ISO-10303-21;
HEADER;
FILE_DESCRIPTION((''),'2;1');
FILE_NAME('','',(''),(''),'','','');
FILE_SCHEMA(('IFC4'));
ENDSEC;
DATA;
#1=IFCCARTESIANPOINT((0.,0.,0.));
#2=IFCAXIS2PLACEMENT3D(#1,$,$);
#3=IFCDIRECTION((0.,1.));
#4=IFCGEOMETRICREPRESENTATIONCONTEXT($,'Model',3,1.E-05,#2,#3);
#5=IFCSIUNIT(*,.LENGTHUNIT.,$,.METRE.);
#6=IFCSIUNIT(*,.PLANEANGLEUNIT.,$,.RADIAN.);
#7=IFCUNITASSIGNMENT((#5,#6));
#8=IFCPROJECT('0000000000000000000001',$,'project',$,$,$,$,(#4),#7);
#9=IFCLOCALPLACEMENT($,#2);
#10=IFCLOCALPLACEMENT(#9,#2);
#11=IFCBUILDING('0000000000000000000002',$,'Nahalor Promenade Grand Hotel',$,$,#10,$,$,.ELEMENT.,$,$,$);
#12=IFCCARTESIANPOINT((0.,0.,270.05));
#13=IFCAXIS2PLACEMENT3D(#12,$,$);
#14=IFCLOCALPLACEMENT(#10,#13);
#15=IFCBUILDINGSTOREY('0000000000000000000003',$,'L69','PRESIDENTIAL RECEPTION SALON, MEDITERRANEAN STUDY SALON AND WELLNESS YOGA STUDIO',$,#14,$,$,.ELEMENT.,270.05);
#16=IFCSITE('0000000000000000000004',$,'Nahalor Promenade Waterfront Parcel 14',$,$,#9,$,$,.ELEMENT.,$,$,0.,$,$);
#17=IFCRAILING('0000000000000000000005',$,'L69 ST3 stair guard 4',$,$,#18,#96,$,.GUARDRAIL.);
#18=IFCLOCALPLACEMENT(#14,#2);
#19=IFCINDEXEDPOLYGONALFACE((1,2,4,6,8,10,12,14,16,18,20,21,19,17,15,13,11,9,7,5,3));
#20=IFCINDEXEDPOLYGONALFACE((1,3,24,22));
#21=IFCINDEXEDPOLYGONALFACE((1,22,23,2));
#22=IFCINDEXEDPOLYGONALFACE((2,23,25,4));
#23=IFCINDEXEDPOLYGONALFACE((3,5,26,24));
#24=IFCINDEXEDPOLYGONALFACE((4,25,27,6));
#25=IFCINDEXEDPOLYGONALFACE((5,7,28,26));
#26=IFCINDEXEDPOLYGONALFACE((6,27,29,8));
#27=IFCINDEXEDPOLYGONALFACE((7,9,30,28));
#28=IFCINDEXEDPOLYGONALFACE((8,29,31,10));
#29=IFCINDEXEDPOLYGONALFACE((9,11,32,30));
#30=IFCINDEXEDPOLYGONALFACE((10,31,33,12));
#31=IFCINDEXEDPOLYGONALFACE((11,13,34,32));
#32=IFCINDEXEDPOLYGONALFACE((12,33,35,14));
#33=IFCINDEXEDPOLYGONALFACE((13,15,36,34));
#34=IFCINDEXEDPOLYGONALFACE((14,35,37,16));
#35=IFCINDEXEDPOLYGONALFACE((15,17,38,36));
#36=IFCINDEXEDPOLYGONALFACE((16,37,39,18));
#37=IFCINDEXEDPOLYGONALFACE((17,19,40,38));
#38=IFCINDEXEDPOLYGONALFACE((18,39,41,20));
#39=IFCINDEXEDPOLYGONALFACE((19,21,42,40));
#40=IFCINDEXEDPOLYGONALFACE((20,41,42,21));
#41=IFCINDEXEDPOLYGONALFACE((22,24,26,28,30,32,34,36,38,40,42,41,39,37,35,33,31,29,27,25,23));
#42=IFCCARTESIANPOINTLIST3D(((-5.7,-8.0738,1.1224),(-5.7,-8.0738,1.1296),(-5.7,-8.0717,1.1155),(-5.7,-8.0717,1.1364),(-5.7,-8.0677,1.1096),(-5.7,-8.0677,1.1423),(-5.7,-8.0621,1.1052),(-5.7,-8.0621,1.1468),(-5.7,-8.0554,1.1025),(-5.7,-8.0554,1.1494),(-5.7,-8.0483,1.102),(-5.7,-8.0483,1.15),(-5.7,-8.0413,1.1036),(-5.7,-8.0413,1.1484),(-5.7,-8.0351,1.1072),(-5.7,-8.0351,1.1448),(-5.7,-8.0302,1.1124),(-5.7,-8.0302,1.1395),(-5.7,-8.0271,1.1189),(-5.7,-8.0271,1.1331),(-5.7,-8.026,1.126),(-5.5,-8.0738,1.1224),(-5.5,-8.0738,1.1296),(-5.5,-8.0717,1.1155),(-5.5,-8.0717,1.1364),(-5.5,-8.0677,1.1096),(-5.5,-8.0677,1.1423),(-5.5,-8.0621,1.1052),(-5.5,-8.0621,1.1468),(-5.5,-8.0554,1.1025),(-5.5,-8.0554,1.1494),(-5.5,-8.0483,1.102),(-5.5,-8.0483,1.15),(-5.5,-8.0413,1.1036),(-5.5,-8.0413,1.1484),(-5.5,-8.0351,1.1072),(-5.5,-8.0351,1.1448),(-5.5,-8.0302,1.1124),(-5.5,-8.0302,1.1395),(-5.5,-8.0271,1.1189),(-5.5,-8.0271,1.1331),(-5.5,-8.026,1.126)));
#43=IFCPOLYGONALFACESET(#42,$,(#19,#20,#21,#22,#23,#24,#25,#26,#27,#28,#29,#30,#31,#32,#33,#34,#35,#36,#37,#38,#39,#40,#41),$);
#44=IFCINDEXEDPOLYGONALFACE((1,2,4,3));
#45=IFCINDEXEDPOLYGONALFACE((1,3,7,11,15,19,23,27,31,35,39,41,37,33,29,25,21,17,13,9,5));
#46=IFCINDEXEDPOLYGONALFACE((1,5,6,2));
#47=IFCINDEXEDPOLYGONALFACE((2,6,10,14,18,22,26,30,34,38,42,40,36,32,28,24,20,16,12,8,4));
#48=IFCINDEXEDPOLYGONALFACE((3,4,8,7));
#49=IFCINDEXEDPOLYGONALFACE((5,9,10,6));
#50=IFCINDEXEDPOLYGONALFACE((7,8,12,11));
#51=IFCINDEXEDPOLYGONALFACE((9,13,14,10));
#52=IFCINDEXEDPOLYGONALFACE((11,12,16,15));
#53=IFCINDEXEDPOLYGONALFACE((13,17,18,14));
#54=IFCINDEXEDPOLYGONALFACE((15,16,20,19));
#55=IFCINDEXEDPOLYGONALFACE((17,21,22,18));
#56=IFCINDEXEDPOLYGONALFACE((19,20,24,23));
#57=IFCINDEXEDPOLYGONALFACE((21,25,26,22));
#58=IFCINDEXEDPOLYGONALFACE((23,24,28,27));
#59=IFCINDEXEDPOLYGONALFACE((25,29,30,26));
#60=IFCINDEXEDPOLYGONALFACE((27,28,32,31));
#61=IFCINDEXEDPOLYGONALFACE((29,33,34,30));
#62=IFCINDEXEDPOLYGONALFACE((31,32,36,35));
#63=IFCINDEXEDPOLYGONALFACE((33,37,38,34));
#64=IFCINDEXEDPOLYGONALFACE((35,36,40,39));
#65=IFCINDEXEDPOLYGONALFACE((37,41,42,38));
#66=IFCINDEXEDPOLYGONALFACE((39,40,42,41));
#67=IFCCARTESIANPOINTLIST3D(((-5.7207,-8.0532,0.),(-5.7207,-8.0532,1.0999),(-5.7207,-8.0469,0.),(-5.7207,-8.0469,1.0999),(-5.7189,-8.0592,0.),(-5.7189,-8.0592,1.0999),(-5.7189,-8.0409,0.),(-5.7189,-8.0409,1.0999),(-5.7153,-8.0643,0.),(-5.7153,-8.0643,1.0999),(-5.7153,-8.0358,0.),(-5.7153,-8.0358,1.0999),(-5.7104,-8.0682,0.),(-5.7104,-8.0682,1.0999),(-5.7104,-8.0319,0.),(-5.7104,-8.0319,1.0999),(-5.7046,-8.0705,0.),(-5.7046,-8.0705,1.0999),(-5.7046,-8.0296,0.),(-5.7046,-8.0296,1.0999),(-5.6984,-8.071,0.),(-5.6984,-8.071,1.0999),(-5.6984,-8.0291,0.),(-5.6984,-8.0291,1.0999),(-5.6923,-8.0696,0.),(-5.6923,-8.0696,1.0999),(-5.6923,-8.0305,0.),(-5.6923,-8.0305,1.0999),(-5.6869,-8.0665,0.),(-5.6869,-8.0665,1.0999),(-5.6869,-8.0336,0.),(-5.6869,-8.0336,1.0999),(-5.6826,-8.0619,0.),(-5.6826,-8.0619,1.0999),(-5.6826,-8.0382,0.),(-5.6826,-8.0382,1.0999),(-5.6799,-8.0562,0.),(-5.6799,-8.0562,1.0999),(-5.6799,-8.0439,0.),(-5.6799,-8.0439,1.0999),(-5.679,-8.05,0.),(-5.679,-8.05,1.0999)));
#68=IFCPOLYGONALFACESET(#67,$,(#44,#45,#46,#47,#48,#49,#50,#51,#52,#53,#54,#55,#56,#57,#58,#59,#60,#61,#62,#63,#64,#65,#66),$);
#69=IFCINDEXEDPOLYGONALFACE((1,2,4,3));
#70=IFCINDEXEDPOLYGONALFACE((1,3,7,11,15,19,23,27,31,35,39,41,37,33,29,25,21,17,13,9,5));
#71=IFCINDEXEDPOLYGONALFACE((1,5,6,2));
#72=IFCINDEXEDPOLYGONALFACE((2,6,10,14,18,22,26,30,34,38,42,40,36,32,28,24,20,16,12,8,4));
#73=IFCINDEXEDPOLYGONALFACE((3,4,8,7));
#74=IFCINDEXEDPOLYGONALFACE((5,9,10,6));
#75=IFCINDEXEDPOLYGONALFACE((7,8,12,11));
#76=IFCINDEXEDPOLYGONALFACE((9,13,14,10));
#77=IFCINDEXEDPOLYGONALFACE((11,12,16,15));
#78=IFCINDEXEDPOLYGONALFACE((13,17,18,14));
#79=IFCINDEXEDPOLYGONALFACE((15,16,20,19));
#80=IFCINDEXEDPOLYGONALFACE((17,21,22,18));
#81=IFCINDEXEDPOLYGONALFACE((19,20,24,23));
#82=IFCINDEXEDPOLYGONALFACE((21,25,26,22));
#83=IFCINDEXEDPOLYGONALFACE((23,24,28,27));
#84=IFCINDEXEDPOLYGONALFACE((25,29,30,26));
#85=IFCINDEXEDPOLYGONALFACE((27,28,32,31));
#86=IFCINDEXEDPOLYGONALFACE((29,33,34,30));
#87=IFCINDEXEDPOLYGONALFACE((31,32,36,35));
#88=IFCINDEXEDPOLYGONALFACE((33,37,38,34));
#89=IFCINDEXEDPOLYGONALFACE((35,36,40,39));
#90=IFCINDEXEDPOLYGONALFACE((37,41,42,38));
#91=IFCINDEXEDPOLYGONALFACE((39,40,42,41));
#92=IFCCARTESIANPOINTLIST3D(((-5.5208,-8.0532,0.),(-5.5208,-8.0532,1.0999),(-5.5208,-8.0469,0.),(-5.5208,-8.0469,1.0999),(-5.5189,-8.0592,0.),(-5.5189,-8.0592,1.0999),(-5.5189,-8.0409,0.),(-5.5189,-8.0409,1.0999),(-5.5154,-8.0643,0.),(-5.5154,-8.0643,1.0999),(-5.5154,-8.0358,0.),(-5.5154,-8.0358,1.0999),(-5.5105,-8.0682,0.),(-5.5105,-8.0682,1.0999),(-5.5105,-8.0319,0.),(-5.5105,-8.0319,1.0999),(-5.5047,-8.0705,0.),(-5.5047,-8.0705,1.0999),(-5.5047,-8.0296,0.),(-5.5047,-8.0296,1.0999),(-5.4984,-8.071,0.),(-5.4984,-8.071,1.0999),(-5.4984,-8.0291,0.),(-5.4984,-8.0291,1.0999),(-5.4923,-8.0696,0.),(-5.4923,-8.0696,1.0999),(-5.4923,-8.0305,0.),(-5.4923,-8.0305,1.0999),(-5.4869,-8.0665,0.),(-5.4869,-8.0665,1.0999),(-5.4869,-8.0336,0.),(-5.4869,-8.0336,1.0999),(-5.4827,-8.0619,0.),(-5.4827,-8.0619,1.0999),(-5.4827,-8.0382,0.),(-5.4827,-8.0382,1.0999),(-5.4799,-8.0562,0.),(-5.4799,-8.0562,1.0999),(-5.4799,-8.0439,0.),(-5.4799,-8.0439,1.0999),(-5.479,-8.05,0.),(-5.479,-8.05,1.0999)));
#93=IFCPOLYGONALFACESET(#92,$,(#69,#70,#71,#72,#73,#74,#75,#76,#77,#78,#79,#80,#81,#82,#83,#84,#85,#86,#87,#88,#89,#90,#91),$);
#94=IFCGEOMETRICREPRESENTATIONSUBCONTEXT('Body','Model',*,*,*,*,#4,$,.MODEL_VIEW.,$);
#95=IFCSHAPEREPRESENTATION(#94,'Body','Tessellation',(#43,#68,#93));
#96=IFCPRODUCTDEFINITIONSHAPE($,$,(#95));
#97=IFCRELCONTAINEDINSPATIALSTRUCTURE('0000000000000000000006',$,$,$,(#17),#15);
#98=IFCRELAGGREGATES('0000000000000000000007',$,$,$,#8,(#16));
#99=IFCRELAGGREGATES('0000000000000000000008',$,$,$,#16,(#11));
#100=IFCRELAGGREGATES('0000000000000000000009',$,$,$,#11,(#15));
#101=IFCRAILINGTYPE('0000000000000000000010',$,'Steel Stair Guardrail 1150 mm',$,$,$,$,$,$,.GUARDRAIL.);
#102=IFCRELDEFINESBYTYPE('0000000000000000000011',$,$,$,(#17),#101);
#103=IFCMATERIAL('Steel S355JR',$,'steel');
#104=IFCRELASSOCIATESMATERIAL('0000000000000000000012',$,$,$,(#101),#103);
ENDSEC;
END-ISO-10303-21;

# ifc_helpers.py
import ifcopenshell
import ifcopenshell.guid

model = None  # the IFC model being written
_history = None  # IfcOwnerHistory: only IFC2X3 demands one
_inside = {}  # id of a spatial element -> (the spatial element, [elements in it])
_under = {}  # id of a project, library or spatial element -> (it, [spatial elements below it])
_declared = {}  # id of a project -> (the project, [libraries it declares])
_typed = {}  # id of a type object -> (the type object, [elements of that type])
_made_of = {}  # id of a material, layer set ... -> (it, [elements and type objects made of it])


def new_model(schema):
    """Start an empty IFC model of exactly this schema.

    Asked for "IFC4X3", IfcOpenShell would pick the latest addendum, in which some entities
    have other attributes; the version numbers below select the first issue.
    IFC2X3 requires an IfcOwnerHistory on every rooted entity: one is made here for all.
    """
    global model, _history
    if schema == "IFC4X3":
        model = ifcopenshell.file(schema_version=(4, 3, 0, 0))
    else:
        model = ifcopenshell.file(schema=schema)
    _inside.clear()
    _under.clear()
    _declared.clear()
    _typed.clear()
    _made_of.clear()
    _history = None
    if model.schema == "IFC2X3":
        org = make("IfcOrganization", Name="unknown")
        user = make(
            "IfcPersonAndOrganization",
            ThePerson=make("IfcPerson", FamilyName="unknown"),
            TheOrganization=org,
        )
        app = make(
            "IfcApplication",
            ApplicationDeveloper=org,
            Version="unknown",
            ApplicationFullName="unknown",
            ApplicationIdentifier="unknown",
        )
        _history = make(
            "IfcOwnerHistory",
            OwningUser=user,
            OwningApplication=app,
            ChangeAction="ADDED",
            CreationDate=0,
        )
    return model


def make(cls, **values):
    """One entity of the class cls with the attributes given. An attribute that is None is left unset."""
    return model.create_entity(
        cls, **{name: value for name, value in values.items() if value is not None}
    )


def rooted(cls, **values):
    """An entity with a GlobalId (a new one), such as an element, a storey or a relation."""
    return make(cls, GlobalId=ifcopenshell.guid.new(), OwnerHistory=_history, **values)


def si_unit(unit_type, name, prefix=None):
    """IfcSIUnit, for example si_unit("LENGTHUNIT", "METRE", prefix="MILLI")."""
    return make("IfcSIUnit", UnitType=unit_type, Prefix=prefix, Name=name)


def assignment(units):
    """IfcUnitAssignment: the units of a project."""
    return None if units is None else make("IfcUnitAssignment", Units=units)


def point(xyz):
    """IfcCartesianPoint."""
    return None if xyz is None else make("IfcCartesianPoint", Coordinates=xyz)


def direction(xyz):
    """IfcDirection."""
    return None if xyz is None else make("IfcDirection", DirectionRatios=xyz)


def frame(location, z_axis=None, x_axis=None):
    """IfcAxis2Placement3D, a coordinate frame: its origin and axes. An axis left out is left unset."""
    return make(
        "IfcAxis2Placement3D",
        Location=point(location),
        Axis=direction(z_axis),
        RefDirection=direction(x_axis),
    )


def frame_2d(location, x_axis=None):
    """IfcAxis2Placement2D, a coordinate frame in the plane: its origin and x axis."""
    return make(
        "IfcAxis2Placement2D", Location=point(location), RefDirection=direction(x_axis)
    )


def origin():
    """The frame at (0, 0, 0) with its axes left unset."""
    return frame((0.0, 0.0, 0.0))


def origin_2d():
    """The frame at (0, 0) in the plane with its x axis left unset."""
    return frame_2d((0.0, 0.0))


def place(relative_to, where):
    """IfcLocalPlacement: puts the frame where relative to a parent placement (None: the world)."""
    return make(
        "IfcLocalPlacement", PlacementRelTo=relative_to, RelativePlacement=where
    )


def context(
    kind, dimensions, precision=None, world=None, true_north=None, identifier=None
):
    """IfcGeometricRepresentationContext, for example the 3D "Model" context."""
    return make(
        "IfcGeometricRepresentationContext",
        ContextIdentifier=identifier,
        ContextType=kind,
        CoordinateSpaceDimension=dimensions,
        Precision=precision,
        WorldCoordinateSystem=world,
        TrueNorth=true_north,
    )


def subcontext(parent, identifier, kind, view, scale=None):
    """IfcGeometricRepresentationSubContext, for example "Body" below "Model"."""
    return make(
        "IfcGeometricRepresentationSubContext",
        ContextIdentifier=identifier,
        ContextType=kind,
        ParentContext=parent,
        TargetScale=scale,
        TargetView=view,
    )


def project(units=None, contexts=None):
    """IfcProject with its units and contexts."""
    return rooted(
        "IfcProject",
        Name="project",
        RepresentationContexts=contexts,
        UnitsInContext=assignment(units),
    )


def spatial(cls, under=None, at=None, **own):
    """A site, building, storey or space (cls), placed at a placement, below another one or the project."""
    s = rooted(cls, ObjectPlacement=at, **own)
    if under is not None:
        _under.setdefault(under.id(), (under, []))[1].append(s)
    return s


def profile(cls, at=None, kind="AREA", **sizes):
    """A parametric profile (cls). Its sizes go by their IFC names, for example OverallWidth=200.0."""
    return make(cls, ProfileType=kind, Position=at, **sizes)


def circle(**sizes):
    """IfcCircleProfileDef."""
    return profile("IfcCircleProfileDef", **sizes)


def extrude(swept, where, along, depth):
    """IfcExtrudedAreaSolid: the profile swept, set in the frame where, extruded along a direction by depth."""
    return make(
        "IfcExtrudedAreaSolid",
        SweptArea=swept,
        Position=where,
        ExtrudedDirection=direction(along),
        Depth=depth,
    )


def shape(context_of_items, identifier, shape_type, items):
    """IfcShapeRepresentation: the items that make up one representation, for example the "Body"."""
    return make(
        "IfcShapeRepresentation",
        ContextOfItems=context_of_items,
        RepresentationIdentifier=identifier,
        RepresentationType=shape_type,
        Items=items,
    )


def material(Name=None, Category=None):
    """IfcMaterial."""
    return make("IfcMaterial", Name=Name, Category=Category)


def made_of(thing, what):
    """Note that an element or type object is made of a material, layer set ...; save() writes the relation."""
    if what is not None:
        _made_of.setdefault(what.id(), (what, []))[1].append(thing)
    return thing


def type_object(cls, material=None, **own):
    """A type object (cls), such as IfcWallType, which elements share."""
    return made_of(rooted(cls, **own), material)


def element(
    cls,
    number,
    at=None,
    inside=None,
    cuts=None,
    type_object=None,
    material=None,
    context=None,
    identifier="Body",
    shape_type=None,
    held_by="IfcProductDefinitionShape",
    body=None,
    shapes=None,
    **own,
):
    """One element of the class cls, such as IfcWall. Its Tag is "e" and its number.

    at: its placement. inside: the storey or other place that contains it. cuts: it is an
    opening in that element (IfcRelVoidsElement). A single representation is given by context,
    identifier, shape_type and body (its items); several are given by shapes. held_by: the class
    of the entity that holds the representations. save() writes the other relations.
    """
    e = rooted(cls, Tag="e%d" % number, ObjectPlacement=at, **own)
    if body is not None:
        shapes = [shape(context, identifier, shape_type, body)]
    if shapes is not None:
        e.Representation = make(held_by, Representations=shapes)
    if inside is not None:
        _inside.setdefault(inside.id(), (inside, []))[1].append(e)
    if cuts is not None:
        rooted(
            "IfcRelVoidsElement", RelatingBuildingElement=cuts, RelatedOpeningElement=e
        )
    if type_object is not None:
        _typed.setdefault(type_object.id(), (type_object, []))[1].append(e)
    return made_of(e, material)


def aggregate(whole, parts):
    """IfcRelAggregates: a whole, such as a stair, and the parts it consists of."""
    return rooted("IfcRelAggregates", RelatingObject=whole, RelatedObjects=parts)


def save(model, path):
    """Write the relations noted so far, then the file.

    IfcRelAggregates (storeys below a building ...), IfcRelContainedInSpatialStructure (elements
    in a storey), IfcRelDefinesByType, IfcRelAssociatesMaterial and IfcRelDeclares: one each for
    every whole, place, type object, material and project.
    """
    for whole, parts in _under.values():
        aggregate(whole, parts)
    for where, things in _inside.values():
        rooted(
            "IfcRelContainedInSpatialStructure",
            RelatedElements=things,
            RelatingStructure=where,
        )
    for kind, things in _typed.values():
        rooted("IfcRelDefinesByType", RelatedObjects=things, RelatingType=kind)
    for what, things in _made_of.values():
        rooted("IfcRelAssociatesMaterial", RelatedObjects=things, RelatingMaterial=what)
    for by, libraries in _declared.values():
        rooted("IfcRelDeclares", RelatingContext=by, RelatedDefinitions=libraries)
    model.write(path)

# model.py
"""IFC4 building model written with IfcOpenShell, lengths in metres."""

from ifc_helpers import new_model, si_unit, direction, frame, origin, origin_2d, place, context, subcontext, project, spatial, circle, extrude, material, type_object, element, save


model = new_model("IFC4")

# Units and contexts
model_context = context("Model", 3, precision=1e-05, world=origin(), true_north=direction((0.0, 1.0)))
body_context = subcontext(model_context, "Body", "Model", "MODEL_VIEW")
ifc_project = project(units=[si_unit("LENGTHUNIT", "METRE"), si_unit("PLANEANGLEUNIT", "RADIAN")], contexts=[model_context])

# Site, building, storey
site_placement = place(None, origin())
site = spatial("IfcSite", under=ifc_project, at=site_placement, Name="Nahalor Promenade Waterfront Parcel 14", CompositionType="ELEMENT", RefElevation=0.0)
building_placement = place(site_placement, origin())
building = spatial("IfcBuilding", under=site, at=building_placement, Name="Nahalor Promenade Grand Hotel", CompositionType="ELEMENT")
storey_placement = place(building_placement, frame((0.0, 0.0, 270.05)))
storey = spatial("IfcBuildingStorey", under=building, at=storey_placement, Name="L69", Description="PRESIDENTIAL RECEPTION SALON, MEDITERRANEAN STUDY SALON AND WELLNESS YOGA STUDIO", CompositionType="ELEMENT", Elevation=270.05)

# Shared definitions
ifc_material_1 = material(Name="Steel S355JR", Category="steel")

# Railing
railing_type_1 = type_object("IfcRailingType", Name="Steel Stair Guardrail 1150 mm", PredefinedType="GUARDRAIL", material=ifc_material_1)
railing_1_placement = place(storey_placement, frame((-5.7, -8.05, 0.0)))
element("IfcRailing", 1, at=railing_1_placement, inside=storey, type_object=railing_type_1, Name="L69 ST3 stair guard 4", PredefinedType="GUARDRAIL", context=body_context, shape_type="SweptSolid", body=[
    extrude(circle(Radius=0.024, at=origin_2d()), frame((0.0, 0.0, 1.126), z_axis=(1.0, 0.0, 0.0), x_axis=(0.0, 1.0, 0.0)), (0.0, 0.0, 1.0), 0.2),
    extrude(circle(Radius=0.021, at=origin_2d()), origin(), (0.0, 0.0, 1.0), 1.0999),
    extrude(circle(Radius=0.021, at=origin_2d()), frame((0.2, 0.0, 0.0)), (0.0, 0.0, 1.0), 1.0999),
])

save(model, "model.ifc")
